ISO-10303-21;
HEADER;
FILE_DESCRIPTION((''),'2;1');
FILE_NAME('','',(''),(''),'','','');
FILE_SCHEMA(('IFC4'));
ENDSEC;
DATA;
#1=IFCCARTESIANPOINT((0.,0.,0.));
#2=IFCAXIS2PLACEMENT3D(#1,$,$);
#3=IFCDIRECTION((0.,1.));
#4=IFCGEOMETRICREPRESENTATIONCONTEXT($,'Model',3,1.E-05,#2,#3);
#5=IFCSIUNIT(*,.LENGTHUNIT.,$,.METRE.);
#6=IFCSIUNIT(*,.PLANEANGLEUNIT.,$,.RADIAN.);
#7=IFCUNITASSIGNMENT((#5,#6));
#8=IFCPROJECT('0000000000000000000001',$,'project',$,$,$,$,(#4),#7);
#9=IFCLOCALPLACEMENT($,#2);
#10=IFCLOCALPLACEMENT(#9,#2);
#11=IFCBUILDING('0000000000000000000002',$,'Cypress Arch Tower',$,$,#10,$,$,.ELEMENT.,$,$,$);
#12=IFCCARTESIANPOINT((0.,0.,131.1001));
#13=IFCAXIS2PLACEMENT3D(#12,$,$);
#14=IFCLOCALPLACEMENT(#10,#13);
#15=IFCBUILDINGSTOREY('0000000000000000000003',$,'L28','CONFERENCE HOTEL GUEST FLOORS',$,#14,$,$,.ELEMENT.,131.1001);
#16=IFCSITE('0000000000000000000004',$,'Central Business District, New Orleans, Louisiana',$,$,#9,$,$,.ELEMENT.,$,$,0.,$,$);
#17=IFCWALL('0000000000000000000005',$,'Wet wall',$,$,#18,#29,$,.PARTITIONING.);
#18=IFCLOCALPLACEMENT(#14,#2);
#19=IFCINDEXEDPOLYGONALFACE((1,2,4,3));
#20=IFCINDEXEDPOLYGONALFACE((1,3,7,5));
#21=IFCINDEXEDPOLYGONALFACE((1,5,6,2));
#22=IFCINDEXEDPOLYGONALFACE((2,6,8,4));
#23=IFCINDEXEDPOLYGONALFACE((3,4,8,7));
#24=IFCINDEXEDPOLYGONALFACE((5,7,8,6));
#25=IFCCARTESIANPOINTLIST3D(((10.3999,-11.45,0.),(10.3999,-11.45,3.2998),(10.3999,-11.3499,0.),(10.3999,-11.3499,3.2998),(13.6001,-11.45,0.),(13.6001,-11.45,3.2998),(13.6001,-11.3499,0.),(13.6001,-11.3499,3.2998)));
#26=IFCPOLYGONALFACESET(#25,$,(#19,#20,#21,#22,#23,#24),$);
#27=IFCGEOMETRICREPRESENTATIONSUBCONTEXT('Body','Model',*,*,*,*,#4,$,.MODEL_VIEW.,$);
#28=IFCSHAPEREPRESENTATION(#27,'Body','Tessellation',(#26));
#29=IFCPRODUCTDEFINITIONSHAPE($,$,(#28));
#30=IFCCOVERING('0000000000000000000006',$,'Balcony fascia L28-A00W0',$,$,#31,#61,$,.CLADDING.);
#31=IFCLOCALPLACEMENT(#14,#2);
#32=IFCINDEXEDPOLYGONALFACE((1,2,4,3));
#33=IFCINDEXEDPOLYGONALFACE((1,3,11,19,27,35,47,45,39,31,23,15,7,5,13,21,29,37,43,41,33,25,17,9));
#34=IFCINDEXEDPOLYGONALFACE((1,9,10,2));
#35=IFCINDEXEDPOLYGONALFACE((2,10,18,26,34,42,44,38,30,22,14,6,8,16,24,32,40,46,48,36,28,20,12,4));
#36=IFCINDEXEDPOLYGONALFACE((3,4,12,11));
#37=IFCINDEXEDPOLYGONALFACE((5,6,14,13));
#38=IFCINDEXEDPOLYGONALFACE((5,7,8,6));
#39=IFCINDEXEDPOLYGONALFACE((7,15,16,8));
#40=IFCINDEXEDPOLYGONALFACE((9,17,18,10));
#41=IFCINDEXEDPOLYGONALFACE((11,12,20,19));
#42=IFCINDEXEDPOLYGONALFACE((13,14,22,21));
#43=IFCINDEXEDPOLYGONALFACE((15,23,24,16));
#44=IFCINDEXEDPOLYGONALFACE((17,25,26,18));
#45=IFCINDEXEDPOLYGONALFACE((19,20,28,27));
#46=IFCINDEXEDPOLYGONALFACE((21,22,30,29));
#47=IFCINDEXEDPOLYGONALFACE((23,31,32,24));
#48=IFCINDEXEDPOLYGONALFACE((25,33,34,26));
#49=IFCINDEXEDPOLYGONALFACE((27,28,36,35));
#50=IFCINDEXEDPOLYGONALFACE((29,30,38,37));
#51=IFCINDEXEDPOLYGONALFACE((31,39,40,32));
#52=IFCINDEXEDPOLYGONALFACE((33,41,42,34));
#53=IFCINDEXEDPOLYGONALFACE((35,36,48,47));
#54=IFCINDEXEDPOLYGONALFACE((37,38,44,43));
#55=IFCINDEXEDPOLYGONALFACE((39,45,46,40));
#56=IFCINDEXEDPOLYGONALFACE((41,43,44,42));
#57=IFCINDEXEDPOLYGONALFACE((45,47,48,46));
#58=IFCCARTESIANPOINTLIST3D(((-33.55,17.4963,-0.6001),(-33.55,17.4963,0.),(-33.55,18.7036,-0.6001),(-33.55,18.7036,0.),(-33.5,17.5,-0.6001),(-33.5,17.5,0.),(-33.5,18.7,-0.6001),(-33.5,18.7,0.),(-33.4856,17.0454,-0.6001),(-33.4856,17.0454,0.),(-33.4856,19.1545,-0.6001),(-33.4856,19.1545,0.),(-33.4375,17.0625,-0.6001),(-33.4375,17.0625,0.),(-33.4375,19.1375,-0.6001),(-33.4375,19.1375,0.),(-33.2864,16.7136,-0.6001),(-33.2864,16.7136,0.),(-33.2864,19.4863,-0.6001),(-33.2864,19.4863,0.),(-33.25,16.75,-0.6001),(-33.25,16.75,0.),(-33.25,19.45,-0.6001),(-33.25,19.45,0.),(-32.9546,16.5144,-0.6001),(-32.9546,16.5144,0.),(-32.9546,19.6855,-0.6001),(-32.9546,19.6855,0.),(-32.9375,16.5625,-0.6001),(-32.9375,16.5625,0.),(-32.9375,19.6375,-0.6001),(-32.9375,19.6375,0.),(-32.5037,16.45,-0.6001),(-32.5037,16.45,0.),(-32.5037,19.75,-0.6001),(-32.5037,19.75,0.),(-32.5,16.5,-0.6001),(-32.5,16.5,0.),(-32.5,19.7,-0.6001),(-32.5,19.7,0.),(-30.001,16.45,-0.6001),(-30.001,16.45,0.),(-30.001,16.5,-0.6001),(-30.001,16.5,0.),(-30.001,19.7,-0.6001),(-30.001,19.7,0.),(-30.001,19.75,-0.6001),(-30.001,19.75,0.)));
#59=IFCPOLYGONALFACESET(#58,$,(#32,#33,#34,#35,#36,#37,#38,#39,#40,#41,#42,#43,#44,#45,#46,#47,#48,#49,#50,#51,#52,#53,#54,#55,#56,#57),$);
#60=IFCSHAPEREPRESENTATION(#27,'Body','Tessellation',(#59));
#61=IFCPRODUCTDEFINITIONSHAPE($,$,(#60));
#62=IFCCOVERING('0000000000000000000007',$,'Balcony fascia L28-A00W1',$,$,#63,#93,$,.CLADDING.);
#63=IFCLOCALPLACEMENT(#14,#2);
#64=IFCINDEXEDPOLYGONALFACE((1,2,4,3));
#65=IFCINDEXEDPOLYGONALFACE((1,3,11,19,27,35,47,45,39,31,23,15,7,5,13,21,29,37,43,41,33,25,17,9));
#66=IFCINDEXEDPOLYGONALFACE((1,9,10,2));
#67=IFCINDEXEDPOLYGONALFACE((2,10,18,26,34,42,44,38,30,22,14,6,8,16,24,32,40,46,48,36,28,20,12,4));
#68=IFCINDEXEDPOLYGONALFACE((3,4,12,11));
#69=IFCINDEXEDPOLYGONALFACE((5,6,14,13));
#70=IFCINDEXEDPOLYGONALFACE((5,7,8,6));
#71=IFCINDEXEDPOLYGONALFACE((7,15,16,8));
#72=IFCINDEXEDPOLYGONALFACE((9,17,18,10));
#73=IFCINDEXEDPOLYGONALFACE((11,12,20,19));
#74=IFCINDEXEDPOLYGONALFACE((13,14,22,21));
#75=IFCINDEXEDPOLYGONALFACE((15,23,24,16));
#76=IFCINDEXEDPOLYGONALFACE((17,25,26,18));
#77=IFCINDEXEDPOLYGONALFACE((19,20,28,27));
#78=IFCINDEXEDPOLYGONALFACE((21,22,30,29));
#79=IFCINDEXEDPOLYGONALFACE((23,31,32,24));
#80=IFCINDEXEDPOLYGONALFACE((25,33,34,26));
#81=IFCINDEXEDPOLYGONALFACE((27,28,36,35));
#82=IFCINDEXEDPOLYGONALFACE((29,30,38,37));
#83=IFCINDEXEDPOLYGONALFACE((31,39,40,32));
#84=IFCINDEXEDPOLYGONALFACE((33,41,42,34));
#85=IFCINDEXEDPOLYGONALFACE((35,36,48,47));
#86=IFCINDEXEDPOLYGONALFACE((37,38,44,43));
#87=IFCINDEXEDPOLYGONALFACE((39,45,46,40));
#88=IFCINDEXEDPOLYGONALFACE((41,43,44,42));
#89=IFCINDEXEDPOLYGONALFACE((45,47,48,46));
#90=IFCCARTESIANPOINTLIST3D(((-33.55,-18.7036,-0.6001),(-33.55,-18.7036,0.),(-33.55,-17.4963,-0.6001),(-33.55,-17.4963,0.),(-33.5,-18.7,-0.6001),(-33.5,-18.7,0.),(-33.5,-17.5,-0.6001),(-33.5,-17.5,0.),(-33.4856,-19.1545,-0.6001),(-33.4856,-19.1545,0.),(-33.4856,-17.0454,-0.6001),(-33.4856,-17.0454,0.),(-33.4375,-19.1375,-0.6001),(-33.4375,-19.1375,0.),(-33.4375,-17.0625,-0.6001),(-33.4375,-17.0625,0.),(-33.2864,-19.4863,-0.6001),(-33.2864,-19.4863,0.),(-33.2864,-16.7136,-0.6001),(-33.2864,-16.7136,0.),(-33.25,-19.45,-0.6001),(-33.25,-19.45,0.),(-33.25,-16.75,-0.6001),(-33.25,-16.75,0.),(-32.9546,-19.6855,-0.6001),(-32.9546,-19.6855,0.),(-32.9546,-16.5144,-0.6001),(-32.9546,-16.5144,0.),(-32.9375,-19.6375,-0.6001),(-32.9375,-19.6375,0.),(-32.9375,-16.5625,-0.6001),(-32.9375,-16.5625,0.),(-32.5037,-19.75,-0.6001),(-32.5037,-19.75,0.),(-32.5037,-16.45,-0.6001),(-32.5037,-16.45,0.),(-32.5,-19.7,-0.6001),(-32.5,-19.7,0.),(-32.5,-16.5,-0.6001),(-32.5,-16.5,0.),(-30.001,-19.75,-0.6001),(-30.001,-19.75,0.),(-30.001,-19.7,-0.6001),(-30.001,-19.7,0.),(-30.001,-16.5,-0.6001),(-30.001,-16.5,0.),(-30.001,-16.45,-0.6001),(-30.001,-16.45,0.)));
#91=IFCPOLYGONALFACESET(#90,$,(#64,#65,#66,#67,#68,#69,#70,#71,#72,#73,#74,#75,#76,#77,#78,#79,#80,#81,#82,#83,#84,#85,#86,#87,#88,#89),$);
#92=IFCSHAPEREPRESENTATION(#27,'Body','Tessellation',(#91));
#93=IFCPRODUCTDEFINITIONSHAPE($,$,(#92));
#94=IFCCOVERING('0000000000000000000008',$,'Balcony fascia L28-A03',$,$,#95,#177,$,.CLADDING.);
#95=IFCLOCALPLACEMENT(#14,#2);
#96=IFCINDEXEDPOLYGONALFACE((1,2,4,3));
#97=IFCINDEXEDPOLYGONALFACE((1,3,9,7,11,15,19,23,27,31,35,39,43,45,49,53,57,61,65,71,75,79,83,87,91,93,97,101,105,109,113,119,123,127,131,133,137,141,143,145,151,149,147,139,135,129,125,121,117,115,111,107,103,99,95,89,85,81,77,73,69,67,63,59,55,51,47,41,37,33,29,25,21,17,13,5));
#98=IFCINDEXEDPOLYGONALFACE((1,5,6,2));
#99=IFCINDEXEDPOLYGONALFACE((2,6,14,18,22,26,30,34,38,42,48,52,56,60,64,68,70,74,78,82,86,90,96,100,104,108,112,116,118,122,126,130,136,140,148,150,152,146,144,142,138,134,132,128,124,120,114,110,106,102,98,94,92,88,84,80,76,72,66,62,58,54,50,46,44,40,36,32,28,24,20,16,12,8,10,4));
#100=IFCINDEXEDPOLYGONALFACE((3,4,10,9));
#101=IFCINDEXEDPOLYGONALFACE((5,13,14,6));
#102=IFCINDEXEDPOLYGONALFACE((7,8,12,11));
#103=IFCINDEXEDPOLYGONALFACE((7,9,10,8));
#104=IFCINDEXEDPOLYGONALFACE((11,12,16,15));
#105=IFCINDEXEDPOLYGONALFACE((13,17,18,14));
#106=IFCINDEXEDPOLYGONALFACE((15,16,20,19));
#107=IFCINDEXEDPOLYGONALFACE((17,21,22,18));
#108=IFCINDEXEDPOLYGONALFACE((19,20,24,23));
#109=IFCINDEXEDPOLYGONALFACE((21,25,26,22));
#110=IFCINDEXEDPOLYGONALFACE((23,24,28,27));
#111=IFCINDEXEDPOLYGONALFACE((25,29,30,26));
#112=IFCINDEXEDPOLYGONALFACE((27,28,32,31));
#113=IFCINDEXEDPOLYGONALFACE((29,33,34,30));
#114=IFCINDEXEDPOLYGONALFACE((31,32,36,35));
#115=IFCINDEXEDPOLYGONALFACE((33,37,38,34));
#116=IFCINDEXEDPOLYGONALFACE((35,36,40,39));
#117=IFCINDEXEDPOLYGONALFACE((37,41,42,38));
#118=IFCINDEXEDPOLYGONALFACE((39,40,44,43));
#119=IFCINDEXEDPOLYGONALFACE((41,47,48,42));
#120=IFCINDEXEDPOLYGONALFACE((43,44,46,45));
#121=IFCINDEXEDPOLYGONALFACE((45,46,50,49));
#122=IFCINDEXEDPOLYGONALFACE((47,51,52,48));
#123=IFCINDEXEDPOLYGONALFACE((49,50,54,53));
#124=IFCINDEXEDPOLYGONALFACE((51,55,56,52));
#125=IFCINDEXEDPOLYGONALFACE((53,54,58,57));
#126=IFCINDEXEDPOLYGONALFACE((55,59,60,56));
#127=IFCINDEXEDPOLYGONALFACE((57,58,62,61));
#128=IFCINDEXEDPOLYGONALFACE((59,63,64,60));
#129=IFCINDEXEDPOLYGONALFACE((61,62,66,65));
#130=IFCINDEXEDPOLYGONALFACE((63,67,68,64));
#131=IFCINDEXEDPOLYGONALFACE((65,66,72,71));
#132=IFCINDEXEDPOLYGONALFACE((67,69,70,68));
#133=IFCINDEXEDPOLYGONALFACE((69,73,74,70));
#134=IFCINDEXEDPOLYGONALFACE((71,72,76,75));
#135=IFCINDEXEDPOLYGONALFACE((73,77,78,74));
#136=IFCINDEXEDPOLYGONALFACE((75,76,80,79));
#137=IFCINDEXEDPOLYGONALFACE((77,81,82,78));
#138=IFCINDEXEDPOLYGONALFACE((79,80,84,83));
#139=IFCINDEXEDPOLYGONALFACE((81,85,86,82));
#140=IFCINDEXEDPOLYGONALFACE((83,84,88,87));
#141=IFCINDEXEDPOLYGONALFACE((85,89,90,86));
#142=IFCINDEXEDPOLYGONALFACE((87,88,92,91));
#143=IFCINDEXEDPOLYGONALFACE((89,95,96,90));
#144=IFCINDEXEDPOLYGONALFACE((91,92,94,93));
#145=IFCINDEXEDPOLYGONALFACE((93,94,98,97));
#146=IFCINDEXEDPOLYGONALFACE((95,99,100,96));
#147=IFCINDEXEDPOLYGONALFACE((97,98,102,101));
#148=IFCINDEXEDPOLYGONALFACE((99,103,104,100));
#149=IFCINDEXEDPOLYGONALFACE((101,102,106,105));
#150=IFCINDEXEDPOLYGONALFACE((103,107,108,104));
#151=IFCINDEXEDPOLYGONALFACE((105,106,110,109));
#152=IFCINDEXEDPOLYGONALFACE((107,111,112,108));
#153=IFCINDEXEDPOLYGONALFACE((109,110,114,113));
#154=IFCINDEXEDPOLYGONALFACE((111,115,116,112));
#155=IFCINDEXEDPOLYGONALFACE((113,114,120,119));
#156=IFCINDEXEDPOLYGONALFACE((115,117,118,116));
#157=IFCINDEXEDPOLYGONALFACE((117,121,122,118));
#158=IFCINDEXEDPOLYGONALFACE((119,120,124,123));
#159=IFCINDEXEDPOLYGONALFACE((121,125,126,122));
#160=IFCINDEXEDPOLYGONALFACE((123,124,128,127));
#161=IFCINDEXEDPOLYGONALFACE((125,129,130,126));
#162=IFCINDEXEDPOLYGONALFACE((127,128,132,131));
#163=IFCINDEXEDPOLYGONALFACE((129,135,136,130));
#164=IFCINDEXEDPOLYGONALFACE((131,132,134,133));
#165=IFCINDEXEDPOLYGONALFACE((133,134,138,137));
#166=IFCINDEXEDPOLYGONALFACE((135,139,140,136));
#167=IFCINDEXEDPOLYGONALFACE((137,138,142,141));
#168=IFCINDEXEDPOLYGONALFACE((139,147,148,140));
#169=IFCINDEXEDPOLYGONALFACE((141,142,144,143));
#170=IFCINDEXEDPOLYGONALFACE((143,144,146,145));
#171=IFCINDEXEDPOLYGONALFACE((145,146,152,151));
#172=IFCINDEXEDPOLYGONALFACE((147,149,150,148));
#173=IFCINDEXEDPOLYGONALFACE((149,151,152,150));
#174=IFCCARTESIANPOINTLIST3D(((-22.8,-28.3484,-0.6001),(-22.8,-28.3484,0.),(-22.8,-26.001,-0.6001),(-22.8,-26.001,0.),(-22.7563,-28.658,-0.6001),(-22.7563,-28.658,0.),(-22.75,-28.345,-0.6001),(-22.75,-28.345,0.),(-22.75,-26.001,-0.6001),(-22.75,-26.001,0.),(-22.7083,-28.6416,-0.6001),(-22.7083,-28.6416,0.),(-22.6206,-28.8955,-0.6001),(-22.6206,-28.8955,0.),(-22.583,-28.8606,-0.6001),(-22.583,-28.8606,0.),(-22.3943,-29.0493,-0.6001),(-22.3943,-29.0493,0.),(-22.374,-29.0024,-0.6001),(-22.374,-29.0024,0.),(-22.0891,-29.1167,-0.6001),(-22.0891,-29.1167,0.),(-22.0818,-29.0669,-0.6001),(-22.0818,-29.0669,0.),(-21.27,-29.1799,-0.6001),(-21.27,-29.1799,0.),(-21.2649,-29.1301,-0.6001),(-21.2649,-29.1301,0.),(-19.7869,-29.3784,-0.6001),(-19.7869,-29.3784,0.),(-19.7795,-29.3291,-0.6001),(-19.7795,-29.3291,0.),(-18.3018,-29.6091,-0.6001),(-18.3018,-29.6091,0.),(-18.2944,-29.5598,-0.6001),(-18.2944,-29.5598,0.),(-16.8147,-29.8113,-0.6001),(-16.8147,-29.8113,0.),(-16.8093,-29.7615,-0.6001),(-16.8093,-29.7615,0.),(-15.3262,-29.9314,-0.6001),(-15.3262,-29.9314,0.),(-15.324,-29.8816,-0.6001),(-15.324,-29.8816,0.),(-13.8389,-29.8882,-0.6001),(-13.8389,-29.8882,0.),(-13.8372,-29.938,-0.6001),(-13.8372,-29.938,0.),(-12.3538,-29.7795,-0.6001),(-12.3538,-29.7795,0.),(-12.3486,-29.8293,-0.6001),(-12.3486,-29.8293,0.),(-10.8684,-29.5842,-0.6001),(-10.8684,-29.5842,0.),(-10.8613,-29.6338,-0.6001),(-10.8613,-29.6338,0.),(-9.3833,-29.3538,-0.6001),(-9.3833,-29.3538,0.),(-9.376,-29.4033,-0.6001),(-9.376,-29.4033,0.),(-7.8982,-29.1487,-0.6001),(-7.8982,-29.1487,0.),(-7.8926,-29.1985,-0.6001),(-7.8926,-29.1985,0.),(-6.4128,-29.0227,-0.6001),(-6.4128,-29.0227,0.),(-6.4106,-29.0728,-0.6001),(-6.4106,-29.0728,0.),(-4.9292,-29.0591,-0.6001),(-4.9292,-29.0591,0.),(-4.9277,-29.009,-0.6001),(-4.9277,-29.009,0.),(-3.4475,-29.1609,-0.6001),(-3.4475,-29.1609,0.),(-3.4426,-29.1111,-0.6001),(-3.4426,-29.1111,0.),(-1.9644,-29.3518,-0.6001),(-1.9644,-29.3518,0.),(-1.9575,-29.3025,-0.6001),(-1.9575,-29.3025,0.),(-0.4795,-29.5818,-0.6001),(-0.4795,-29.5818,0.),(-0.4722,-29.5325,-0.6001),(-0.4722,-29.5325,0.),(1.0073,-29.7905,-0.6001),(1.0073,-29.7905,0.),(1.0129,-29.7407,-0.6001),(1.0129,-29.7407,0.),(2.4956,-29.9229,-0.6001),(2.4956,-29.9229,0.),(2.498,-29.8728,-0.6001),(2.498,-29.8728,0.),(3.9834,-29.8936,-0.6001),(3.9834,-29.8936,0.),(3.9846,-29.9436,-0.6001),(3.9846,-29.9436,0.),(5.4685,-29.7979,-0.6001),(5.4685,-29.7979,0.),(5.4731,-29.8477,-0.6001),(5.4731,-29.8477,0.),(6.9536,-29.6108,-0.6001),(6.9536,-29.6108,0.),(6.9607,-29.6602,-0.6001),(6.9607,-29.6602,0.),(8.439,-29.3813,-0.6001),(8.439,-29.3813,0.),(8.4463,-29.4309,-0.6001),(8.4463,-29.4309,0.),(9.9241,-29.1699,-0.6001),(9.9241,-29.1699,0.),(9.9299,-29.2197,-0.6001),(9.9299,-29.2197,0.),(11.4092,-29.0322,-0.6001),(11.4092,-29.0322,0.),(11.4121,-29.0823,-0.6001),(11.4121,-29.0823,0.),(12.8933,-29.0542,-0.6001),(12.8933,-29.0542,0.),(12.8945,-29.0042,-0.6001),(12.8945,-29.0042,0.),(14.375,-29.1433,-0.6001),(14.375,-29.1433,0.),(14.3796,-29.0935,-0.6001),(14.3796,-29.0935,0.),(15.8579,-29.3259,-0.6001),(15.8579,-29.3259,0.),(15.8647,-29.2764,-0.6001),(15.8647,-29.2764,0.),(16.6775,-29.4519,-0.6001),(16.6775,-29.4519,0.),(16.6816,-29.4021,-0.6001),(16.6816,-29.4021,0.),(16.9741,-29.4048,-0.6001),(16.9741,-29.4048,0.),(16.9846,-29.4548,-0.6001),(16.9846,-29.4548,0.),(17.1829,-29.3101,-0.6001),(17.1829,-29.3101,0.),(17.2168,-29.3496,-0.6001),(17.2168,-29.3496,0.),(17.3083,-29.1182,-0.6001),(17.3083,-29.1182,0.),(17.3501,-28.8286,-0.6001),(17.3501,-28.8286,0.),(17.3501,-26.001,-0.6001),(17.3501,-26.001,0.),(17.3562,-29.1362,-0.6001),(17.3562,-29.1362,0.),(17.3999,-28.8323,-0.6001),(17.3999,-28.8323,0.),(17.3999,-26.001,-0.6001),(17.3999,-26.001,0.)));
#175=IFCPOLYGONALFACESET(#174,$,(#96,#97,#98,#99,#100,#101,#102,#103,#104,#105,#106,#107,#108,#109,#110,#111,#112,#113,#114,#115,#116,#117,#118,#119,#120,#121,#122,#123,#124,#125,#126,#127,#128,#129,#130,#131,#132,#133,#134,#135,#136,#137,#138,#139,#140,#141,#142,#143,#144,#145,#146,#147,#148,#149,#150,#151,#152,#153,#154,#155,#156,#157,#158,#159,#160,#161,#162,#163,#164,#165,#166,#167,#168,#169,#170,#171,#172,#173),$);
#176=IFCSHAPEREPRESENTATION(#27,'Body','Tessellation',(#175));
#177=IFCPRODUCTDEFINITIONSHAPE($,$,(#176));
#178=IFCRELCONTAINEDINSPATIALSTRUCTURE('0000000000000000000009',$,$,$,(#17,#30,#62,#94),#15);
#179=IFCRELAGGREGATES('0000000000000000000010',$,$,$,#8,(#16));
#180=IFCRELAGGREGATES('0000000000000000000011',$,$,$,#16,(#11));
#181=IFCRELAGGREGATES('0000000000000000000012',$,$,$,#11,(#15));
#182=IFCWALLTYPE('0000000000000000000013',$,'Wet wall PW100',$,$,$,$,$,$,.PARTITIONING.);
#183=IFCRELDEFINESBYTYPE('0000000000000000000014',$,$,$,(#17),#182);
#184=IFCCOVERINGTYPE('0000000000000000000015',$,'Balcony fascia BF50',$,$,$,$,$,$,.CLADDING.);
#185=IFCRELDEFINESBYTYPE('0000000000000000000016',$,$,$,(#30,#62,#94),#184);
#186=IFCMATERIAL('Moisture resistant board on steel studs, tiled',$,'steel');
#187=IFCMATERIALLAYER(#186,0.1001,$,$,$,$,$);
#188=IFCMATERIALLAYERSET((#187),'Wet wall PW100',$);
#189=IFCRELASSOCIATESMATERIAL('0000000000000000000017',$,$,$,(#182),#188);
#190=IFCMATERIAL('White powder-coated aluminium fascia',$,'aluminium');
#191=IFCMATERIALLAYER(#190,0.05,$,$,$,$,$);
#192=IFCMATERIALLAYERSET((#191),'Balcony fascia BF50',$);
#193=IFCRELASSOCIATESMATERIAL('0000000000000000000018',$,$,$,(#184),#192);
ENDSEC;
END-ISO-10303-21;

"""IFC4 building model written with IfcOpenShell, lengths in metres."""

from ifc_helpers import new_model, si_unit, direction, frame, frame_2d, origin, place, context, subcontext, project, spatial, polyline, rectangle, outline, extrude, material, layer, layer_set, type_object, element, save


model = new_model("IFC4")

# Units and contexts
model_context = context("Model", 3, precision=1e-05, world=origin(), true_north=direction((0.0, 1.0)))
body_context = subcontext(model_context, "Body", "Model", "MODEL_VIEW")
ifc_project = project(units=[si_unit("LENGTHUNIT", "METRE"), si_unit("PLANEANGLEUNIT", "RADIAN")], contexts=[model_context])

# Site, building, storey
site_placement = place(None, origin())
site = spatial("IfcSite", under=ifc_project, at=site_placement, Name="Central Business District, New Orleans, Louisiana", CompositionType="ELEMENT", RefElevation=0.0)
building_placement = place(site_placement, origin())
building = spatial("IfcBuilding", under=site, at=building_placement, Name="Cypress Arch Tower", CompositionType="ELEMENT")
storey_placement = place(building_placement, frame((0.0, 0.0, 131.1001)))
storey = spatial("IfcBuildingStorey", under=building, at=storey_placement, Name="L28", Description="CONFERENCE HOTEL GUEST FLOORS", CompositionType="ELEMENT", Elevation=131.1001)

# Wall
ifc_material_1 = material(Name="Moisture resistant board on steel studs, tiled", Category="steel")
ifc_layer_1 = layer(ifc_material_1, 0.1001)
ifc_layer_set_1 = layer_set([ifc_layer_1], Name="Wet wall PW100")
wall_type_1 = type_object("IfcWallType", Name="Wet wall PW100", PredefinedType="PARTITIONING", material=ifc_layer_set_1)
wall_1_placement = place(storey_placement, frame((10.3999, -11.3999, 0.0), z_axis=(0.0, 0.0, 1.0), x_axis=(1.0, 0.0, 0.0)))
element("IfcWall", 1, at=wall_1_placement, inside=storey, type_object=wall_type_1, Name="Wet wall", PredefinedType="PARTITIONING", context=body_context, shape_type="SweptSolid", body=[
    extrude(rectangle(XDim=3.2002, YDim=0.1001, at=frame_2d((1.6001, 0.0))), origin(), (0.0, 0.0, 1.0), 3.2998),
])

# Coverings
ifc_material_2 = material(Name="White powder-coated aluminium fascia", Category="aluminium")
ifc_layer_2 = layer(ifc_material_2, 0.05)
ifc_layer_set_2 = layer_set([ifc_layer_2], Name="Balcony fascia BF50")
covering_type = type_object("IfcCoveringType", Name="Balcony fascia BF50", PredefinedType="CLADDING", material=ifc_layer_set_2)
covering_1_placement = place(storey_placement, frame((0.0, 0.0, -0.6001)))
element("IfcCovering", 2, at=covering_1_placement, inside=storey, type_object=covering_type, Name="Balcony fascia L28-A00W0", PredefinedType="CLADDING", context=body_context, shape_type="SweptSolid", body=[
    extrude(outline(polyline([(-32.5037, 16.45), (-32.9546, 16.5144), (-33.2864, 16.7136), (-33.4856, 17.0454), (-33.55, 17.4963), (-33.55, 18.7036), (-33.4856, 19.1545), (-33.2864, 19.4863), (-32.9546, 19.6855), (-32.5037, 19.75), (-30.001, 19.75), (-30.001, 19.7), (-32.5, 19.7), (-32.9375, 19.6375), (-33.25, 19.45), (-33.4375, 19.1375), (-33.5, 18.7), (-33.5, 17.5), (-33.4375, 17.0625), (-33.25, 16.75), (-32.9375, 16.5625), (-32.5, 16.5), (-30.001, 16.5), (-30.001, 16.45), (-32.5037, 16.45)])), origin(), (0.0, 0.0, 1.0), 0.6001),
])
covering_2_placement = place(storey_placement, frame((0.0, 0.0, -0.6001)))
element("IfcCovering", 3, at=covering_2_placement, inside=storey, type_object=covering_type, Name="Balcony fascia L28-A00W1", PredefinedType="CLADDING", context=body_context, shape_type="SweptSolid", body=[
    extrude(outline(polyline([(-32.5037, -19.75), (-32.9546, -19.6855), (-33.2864, -19.4863), (-33.4856, -19.1545), (-33.55, -18.7036), (-33.55, -17.4963), (-33.4856, -17.0454), (-33.2864, -16.7136), (-32.9546, -16.5144), (-32.5037, -16.45), (-30.001, -16.45), (-30.001, -16.5), (-32.5, -16.5), (-32.9375, -16.5625), (-33.25, -16.75), (-33.4375, -17.0625), (-33.5, -17.5), (-33.5, -18.7), (-33.4375, -19.1375), (-33.25, -19.45), (-32.9375, -19.6375), (-32.5, -19.7), (-30.001, -19.7), (-30.001, -19.75), (-32.5037, -19.75)])), origin(), (0.0, 0.0, 1.0), 0.6001),
])
covering_3_placement = place(storey_placement, frame((0.0, 0.0, -0.6001)))
element("IfcCovering", 4, at=covering_3_placement, inside=storey, type_object=covering_type, Name="Balcony fascia L28-A03", PredefinedType="CLADDING", context=body_context, shape_type="SweptSolid", body=[
    extrude(outline(polyline([(17.3999, -28.8323), (17.3562, -29.1362), (17.2168, -29.3496), (16.9846, -29.4548), (16.6775, -29.4519), (15.8579, -29.3259), (14.375, -29.1433), (12.8933, -29.0542), (11.4121, -29.0823), (9.9299, -29.2197), (8.4463, -29.4309), (6.9607, -29.6602), (5.4731, -29.8477), (3.9846, -29.9436), (2.4956, -29.9229), (1.0073, -29.7905), (-0.4795, -29.5818), (-1.9644, -29.3518), (-3.4475, -29.1609), (-4.9292, -29.0591), (-6.4106, -29.0728), (-7.8926, -29.1985), (-9.376, -29.4033), (-10.8613, -29.6338), (-12.3486, -29.8293), (-13.8372, -29.938), (-15.3262, -29.9314), (-16.8147, -29.8113), (-18.3018, -29.6091), (-19.7869, -29.3784), (-21.27, -29.1799), (-22.0891, -29.1167), (-22.3943, -29.0493), (-22.6206, -28.8955), (-22.7563, -28.658), (-22.8, -28.3484), (-22.8, -26.001), (-22.75, -26.001), (-22.75, -28.345), (-22.7083, -28.6416), (-22.583, -28.8606), (-22.374, -29.0024), (-22.0818, -29.0669), (-21.2649, -29.1301), (-19.7795, -29.3291), (-18.2944, -29.5598), (-16.8093, -29.7615), (-15.324, -29.8816), (-13.8389, -29.8882), (-12.3538, -29.7795), (-10.8684, -29.5842), (-9.3833, -29.3538), (-7.8982, -29.1487), (-6.4128, -29.0227), (-4.9277, -29.009), (-3.4426, -29.1111), (-1.9575, -29.3025), (-0.4722, -29.5325), (1.0129, -29.7407), (2.498, -29.8728), (3.9834, -29.8936), (5.4685, -29.7979), (6.9536, -29.6108), (8.439, -29.3813), (9.9241, -29.1699), (11.4092, -29.0322), (12.8945, -29.0042), (14.3796, -29.0935), (15.8647, -29.2764), (16.6816, -29.4021), (16.9741, -29.4048), (17.1829, -29.3101), (17.3083, -29.1182), (17.3501, -28.8286), (17.3501, -26.001), (17.3999, -26.001), (17.3999, -28.8323)])), origin(), (0.0, 0.0, 1.0), 0.6001),
])

save(model, "model.ifc")
